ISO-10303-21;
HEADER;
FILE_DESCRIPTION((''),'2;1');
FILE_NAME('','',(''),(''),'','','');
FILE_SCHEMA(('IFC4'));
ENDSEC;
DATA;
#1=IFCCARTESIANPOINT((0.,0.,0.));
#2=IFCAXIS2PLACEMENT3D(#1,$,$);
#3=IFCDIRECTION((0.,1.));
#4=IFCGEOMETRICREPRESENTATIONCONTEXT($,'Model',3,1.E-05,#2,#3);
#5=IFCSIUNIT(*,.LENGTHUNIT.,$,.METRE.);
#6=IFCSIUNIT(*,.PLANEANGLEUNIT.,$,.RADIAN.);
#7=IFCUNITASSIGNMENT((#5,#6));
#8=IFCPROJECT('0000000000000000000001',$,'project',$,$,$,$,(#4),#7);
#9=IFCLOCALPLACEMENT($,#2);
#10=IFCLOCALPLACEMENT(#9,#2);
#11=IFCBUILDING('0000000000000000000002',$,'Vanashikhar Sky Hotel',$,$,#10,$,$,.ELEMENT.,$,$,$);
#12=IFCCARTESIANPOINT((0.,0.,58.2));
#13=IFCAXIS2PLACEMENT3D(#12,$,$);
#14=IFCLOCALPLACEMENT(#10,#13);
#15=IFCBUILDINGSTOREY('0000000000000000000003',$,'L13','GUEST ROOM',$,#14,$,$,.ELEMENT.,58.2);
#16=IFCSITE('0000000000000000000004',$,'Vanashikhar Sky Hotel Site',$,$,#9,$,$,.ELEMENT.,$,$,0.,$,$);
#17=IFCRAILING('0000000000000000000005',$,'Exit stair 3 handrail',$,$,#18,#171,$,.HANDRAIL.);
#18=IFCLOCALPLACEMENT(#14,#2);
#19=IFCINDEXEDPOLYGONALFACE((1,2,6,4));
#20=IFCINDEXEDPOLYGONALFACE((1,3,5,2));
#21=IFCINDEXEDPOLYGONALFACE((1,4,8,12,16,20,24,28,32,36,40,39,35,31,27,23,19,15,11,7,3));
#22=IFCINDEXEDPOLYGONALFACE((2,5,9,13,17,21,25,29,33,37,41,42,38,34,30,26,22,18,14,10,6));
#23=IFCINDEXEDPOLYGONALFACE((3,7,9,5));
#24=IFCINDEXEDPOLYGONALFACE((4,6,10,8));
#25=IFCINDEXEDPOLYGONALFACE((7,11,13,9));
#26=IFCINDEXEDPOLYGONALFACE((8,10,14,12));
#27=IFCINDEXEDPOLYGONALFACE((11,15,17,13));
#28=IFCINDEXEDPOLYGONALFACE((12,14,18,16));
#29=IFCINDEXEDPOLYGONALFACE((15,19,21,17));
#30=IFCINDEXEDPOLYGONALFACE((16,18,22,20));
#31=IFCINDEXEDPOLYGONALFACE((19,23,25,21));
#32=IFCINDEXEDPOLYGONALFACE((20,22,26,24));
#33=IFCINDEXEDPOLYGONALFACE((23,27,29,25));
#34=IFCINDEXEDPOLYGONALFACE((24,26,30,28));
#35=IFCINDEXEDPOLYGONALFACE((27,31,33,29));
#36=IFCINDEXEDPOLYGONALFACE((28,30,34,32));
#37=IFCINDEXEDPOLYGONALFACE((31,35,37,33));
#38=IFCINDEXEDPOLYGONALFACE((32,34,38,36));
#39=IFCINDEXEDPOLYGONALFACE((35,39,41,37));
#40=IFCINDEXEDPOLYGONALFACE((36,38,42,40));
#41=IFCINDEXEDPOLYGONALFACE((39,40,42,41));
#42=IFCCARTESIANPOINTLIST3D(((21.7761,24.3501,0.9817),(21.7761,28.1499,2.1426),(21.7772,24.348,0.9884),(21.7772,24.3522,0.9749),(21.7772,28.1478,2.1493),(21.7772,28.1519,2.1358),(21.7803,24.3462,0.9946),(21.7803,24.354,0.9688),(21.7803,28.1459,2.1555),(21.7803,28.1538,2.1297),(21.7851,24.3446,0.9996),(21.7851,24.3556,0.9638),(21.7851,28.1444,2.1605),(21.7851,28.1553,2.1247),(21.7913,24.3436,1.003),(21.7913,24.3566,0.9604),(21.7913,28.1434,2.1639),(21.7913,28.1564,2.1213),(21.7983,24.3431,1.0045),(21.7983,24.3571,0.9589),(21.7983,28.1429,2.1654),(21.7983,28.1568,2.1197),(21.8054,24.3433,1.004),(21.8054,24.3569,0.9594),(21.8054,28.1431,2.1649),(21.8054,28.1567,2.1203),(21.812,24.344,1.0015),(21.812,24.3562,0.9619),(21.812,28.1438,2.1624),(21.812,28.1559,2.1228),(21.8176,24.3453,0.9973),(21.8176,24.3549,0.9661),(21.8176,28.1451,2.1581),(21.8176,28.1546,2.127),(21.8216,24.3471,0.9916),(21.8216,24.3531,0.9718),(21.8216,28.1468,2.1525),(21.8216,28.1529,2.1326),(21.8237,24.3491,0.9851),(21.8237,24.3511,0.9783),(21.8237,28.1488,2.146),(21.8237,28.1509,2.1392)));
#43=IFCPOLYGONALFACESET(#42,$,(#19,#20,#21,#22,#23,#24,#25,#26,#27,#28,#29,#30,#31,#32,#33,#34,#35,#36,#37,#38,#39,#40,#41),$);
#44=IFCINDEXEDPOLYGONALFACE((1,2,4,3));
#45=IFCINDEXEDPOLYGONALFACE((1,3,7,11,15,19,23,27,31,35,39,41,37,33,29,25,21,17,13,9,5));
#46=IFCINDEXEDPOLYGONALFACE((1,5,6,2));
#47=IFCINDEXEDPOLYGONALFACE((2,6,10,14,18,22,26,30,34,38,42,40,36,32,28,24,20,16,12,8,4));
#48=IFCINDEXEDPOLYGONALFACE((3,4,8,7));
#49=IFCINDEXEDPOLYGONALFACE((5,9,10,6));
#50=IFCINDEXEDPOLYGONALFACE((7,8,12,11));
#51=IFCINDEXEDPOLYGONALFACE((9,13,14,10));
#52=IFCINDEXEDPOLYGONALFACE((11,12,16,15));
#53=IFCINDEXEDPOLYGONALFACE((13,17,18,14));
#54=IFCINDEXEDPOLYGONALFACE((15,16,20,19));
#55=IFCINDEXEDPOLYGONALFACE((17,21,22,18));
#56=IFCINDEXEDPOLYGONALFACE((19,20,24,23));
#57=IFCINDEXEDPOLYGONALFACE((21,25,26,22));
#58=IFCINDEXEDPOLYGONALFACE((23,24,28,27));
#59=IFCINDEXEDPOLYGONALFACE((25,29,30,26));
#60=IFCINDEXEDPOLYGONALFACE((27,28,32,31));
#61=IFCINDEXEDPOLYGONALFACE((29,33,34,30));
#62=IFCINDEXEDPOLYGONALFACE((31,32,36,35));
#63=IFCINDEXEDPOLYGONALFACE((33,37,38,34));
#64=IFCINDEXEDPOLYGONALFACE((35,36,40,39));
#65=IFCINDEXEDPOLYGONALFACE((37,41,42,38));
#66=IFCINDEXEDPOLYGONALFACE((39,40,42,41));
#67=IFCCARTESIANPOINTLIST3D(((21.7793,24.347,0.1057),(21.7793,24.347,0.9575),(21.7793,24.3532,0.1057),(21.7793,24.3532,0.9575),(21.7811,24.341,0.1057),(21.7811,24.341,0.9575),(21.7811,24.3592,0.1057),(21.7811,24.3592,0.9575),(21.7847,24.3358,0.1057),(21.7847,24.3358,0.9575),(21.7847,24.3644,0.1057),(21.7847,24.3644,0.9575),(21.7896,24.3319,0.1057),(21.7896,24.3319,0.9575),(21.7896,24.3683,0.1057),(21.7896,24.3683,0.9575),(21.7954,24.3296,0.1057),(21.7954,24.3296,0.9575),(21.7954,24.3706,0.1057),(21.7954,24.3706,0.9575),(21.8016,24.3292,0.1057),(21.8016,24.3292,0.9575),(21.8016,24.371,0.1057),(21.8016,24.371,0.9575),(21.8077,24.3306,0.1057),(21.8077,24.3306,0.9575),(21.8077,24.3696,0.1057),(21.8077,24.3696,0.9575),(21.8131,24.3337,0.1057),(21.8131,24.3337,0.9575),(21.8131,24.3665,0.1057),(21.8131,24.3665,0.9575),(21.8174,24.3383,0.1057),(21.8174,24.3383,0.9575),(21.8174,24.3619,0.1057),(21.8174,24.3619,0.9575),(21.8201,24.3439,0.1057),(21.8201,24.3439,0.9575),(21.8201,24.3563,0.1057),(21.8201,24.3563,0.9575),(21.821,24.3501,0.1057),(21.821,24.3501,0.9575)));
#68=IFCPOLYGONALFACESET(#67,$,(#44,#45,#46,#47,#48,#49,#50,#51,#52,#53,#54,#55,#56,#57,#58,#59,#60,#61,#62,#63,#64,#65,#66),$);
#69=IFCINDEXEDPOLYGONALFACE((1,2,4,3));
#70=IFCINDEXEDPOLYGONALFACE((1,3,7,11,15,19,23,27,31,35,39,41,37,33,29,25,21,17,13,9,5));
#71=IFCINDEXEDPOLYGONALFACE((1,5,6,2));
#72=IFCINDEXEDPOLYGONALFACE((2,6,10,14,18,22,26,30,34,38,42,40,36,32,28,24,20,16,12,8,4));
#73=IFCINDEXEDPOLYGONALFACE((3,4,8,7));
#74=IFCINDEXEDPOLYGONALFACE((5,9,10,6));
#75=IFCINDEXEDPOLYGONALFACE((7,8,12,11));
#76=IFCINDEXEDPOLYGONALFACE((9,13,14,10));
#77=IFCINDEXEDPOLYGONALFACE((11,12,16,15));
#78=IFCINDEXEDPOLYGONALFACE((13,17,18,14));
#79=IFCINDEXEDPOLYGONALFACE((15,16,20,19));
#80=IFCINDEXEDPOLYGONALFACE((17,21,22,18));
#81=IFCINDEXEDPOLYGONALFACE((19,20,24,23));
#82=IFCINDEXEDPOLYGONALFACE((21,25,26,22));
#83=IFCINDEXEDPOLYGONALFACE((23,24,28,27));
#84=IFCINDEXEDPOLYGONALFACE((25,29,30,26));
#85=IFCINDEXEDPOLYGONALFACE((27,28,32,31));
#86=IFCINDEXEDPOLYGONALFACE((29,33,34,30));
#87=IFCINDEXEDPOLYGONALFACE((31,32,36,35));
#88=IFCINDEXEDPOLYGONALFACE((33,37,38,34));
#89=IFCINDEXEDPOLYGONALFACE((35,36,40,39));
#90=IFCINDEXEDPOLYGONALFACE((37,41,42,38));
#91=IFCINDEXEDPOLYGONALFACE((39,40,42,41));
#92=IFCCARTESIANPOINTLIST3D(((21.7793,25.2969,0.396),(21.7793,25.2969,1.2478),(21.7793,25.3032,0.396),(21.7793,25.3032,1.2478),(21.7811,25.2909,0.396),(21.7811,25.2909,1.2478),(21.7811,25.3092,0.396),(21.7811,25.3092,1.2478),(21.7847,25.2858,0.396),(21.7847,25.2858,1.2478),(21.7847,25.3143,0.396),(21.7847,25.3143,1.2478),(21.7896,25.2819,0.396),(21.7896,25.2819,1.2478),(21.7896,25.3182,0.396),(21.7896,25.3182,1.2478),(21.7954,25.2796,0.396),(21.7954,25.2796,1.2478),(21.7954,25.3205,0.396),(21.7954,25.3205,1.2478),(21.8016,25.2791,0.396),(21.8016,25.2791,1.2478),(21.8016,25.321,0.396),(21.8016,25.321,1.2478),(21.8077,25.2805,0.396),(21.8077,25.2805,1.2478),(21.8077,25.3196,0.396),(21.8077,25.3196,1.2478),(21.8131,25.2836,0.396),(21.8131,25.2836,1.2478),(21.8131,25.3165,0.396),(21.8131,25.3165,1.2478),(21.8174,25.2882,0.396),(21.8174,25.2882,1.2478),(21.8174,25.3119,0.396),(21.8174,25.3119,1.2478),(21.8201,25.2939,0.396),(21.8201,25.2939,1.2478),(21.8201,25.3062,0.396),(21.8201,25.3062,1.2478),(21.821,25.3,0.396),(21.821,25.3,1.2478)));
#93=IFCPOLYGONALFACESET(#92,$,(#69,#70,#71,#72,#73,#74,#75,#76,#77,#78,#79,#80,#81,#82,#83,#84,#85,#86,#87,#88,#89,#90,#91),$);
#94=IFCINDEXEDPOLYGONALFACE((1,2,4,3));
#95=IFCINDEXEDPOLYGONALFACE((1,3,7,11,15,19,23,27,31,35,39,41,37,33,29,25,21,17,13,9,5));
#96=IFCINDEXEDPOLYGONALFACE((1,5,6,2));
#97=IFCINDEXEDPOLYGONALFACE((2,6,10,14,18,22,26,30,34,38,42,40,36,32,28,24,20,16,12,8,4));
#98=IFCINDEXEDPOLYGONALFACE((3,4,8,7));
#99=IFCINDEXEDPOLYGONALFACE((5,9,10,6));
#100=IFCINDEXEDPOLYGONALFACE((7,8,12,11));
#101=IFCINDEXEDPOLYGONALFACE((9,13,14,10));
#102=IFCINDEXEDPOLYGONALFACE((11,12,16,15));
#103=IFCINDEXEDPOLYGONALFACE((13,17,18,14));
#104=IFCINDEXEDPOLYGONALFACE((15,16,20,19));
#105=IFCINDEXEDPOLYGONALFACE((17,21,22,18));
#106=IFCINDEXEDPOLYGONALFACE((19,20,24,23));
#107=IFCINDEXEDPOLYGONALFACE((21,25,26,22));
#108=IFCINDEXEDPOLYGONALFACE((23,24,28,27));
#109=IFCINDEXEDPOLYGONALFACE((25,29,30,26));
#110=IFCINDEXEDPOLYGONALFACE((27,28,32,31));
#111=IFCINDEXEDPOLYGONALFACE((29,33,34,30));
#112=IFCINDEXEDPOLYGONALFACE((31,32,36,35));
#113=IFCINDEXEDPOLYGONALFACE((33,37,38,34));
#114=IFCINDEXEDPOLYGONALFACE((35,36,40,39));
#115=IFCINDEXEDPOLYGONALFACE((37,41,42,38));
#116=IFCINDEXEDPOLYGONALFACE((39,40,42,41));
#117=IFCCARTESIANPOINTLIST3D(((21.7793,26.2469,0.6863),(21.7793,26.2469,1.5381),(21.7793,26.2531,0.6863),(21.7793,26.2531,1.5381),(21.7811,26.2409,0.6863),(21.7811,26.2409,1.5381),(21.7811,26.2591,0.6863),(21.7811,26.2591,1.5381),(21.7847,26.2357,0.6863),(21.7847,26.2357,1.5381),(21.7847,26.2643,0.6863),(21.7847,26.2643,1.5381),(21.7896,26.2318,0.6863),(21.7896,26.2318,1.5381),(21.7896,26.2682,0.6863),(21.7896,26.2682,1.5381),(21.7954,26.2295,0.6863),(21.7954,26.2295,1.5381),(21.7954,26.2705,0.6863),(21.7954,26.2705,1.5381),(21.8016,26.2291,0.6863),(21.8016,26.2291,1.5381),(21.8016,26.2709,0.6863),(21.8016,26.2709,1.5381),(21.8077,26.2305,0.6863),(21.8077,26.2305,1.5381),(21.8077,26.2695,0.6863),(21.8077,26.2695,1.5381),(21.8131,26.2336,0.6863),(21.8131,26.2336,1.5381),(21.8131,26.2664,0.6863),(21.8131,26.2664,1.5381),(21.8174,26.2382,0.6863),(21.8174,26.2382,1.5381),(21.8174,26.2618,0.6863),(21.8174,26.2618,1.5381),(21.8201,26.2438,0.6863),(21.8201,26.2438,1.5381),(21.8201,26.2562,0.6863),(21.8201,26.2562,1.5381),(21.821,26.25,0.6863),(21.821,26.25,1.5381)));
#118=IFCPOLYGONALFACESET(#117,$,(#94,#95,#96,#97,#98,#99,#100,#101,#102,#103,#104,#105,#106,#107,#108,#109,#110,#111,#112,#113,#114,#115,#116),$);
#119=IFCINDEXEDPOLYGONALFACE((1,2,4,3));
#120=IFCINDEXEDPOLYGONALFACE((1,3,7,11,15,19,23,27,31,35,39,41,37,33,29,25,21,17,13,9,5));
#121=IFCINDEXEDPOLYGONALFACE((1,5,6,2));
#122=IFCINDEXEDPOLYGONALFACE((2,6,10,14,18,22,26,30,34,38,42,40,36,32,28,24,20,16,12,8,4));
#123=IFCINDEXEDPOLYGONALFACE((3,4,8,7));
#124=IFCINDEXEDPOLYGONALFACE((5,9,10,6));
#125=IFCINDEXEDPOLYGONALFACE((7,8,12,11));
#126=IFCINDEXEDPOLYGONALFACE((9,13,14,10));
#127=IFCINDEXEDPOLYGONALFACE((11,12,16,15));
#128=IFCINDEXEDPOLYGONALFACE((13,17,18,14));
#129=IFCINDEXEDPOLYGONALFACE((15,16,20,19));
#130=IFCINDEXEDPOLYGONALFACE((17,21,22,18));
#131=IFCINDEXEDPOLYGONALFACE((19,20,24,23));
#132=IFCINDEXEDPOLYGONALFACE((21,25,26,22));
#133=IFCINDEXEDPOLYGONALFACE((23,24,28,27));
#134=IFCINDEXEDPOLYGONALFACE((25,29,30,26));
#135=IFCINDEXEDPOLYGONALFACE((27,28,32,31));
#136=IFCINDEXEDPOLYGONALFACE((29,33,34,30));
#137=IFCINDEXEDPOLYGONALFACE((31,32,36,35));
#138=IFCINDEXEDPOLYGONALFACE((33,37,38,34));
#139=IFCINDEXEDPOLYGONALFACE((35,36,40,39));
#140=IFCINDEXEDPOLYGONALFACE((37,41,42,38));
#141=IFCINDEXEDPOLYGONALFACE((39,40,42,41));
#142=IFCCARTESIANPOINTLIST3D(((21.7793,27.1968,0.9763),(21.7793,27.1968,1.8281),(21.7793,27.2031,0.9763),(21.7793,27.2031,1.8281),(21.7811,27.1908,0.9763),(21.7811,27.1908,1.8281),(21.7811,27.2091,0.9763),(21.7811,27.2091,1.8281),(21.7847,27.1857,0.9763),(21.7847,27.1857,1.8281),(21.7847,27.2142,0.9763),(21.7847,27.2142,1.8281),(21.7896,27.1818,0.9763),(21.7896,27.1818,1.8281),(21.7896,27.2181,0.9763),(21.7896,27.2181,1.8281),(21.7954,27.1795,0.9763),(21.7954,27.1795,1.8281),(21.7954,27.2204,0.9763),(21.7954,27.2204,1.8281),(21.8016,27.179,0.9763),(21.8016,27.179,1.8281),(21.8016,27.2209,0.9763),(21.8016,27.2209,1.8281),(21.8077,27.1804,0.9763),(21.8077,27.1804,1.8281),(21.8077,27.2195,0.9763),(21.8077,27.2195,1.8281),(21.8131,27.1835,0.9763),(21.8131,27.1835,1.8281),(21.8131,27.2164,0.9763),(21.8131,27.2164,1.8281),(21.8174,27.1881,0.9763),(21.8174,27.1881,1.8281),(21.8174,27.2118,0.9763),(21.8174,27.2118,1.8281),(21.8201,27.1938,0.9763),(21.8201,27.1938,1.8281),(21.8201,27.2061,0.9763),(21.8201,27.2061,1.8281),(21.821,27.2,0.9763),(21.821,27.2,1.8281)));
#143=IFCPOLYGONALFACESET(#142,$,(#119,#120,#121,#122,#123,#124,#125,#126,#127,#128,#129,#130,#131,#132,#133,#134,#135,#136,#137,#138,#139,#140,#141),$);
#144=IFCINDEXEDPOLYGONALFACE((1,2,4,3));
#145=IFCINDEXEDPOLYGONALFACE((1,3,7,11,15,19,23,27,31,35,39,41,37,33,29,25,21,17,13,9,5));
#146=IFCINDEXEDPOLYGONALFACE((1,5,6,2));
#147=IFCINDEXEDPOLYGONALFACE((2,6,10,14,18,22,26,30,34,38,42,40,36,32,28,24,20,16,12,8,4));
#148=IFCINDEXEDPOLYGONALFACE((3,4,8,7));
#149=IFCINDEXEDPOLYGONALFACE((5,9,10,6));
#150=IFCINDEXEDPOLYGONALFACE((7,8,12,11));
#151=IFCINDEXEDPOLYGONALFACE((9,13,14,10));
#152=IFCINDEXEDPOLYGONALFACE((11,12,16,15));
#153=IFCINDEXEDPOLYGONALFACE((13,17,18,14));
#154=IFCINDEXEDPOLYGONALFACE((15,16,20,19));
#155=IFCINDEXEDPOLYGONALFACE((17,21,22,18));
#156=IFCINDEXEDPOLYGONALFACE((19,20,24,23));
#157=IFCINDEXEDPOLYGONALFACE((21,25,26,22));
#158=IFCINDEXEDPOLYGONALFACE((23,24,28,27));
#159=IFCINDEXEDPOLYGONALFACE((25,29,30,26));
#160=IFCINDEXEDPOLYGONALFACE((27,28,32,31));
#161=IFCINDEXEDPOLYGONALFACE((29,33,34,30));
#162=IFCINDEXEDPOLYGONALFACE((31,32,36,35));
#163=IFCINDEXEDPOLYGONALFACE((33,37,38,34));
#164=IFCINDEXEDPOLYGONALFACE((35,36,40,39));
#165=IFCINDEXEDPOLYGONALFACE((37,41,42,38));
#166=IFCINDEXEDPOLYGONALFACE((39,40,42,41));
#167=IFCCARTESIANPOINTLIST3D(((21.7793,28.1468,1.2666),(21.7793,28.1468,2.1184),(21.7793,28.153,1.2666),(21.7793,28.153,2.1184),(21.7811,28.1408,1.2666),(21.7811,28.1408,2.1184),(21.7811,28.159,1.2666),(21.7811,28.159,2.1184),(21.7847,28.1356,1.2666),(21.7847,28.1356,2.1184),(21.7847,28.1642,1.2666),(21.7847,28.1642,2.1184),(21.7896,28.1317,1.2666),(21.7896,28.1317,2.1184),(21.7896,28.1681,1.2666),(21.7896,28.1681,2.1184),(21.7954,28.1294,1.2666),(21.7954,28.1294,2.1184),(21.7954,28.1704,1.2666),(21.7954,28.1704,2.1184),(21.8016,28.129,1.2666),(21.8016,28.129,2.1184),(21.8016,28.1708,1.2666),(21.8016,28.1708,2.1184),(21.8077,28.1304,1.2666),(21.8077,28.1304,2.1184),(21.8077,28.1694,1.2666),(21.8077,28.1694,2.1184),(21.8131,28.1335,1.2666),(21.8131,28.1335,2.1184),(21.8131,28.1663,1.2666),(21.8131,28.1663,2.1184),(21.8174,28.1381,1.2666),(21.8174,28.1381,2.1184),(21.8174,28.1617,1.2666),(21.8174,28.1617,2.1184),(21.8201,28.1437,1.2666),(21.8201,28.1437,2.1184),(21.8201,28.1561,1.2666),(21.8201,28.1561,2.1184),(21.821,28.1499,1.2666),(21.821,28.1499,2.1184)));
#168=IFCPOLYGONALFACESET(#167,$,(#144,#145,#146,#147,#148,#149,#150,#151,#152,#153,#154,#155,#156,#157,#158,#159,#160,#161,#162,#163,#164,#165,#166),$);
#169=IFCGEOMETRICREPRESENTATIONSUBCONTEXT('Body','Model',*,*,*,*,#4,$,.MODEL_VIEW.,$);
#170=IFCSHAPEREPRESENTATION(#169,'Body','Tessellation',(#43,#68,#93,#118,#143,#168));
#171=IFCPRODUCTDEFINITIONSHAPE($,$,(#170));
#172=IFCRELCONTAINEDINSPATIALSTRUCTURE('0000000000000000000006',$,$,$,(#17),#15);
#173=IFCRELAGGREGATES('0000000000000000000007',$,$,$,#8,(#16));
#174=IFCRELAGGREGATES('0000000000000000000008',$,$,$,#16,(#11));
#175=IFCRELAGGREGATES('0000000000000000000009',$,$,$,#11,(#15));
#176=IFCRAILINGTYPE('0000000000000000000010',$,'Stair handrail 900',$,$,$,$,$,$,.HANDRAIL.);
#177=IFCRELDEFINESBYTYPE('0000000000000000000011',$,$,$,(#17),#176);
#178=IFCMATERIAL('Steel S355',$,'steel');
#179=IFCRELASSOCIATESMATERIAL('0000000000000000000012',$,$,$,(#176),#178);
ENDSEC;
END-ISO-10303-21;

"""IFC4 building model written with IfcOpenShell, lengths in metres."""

from ifc_helpers import new_model, si_unit, direction, frame, origin, origin_2d, place, context, subcontext, project, spatial, circle, extrude, source, transform, mapped, material, type_object, element, save


model = new_model("IFC4")

# Units and contexts
model_context = context("Model", 3, precision=1e-05, world=origin(), true_north=direction((0.0, 1.0)))
body_context = subcontext(model_context, "Body", "Model", "MODEL_VIEW")
ifc_project = project(units=[si_unit("LENGTHUNIT", "METRE"), si_unit("PLANEANGLEUNIT", "RADIAN")], contexts=[model_context])

# Site, building, storey
site_placement = place(None, origin())
site = spatial("IfcSite", under=ifc_project, at=site_placement, Name="Vanashikhar Sky Hotel Site", CompositionType="ELEMENT", RefElevation=0.0)
building_placement = place(site_placement, origin())
building = spatial("IfcBuilding", under=site, at=building_placement, Name="Vanashikhar Sky Hotel", CompositionType="ELEMENT")
storey_placement = place(building_placement, frame((0.0, 0.0, 58.2)))
storey = spatial("IfcBuildingStorey", under=building, at=storey_placement, Name="L13", Description="GUEST ROOM", CompositionType="ELEMENT", Elevation=58.2)

# Railing
ifc_material_1 = material(Name="Steel S355", Category="steel")
railing_type = type_object("IfcRailingType", Name="Stair handrail 900", PredefinedType="HANDRAIL", material=ifc_material_1)
shared_shape_1 = source(origin(), body_context, "Body", "SweptSolid", [
    extrude(circle(Radius=0.0239, at=origin_2d()), frame((0.0, 0.0, 0.876), z_axis=(0.0, 0.956363, 0.292181), x_axis=(-1.0, 0.0, 0.0)), (0.0, 0.0, 1.0), 3.9731),
    extrude(circle(Radius=0.021, at=origin_2d()), origin(), (0.0, 0.0, 1.0), 0.8518),
    extrude(circle(Radius=0.021, at=origin_2d()), frame((0.0, 0.95, 0.2903)), (0.0, 0.0, 1.0), 0.8518),
    extrude(circle(Radius=0.021, at=origin_2d()), frame((0.0, 1.8999, 0.5806)), (0.0, 0.0, 1.0), 0.8518),
    extrude(circle(Radius=0.021, at=origin_2d()), frame((0.0, 2.8499, 0.8706)), (0.0, 0.0, 1.0), 0.8518),
    extrude(circle(Radius=0.021, at=origin_2d()), frame((0.0, 3.7998, 1.1609)), (0.0, 0.0, 1.0), 0.8518),
])
railing_1_placement = place(storey_placement, frame((21.8, 24.3501, 0.1057)))
element("IfcRailing", 1, at=railing_1_placement, inside=storey, type_object=railing_type, Name="Exit stair 3 handrail", PredefinedType="HANDRAIL", context=body_context, shape_type="MappedRepresentation", body=[
    mapped(shared_shape_1, transform((0.0, 0.0, 0.0), scale=1.0)),
])

save(model, "model.ifc")
